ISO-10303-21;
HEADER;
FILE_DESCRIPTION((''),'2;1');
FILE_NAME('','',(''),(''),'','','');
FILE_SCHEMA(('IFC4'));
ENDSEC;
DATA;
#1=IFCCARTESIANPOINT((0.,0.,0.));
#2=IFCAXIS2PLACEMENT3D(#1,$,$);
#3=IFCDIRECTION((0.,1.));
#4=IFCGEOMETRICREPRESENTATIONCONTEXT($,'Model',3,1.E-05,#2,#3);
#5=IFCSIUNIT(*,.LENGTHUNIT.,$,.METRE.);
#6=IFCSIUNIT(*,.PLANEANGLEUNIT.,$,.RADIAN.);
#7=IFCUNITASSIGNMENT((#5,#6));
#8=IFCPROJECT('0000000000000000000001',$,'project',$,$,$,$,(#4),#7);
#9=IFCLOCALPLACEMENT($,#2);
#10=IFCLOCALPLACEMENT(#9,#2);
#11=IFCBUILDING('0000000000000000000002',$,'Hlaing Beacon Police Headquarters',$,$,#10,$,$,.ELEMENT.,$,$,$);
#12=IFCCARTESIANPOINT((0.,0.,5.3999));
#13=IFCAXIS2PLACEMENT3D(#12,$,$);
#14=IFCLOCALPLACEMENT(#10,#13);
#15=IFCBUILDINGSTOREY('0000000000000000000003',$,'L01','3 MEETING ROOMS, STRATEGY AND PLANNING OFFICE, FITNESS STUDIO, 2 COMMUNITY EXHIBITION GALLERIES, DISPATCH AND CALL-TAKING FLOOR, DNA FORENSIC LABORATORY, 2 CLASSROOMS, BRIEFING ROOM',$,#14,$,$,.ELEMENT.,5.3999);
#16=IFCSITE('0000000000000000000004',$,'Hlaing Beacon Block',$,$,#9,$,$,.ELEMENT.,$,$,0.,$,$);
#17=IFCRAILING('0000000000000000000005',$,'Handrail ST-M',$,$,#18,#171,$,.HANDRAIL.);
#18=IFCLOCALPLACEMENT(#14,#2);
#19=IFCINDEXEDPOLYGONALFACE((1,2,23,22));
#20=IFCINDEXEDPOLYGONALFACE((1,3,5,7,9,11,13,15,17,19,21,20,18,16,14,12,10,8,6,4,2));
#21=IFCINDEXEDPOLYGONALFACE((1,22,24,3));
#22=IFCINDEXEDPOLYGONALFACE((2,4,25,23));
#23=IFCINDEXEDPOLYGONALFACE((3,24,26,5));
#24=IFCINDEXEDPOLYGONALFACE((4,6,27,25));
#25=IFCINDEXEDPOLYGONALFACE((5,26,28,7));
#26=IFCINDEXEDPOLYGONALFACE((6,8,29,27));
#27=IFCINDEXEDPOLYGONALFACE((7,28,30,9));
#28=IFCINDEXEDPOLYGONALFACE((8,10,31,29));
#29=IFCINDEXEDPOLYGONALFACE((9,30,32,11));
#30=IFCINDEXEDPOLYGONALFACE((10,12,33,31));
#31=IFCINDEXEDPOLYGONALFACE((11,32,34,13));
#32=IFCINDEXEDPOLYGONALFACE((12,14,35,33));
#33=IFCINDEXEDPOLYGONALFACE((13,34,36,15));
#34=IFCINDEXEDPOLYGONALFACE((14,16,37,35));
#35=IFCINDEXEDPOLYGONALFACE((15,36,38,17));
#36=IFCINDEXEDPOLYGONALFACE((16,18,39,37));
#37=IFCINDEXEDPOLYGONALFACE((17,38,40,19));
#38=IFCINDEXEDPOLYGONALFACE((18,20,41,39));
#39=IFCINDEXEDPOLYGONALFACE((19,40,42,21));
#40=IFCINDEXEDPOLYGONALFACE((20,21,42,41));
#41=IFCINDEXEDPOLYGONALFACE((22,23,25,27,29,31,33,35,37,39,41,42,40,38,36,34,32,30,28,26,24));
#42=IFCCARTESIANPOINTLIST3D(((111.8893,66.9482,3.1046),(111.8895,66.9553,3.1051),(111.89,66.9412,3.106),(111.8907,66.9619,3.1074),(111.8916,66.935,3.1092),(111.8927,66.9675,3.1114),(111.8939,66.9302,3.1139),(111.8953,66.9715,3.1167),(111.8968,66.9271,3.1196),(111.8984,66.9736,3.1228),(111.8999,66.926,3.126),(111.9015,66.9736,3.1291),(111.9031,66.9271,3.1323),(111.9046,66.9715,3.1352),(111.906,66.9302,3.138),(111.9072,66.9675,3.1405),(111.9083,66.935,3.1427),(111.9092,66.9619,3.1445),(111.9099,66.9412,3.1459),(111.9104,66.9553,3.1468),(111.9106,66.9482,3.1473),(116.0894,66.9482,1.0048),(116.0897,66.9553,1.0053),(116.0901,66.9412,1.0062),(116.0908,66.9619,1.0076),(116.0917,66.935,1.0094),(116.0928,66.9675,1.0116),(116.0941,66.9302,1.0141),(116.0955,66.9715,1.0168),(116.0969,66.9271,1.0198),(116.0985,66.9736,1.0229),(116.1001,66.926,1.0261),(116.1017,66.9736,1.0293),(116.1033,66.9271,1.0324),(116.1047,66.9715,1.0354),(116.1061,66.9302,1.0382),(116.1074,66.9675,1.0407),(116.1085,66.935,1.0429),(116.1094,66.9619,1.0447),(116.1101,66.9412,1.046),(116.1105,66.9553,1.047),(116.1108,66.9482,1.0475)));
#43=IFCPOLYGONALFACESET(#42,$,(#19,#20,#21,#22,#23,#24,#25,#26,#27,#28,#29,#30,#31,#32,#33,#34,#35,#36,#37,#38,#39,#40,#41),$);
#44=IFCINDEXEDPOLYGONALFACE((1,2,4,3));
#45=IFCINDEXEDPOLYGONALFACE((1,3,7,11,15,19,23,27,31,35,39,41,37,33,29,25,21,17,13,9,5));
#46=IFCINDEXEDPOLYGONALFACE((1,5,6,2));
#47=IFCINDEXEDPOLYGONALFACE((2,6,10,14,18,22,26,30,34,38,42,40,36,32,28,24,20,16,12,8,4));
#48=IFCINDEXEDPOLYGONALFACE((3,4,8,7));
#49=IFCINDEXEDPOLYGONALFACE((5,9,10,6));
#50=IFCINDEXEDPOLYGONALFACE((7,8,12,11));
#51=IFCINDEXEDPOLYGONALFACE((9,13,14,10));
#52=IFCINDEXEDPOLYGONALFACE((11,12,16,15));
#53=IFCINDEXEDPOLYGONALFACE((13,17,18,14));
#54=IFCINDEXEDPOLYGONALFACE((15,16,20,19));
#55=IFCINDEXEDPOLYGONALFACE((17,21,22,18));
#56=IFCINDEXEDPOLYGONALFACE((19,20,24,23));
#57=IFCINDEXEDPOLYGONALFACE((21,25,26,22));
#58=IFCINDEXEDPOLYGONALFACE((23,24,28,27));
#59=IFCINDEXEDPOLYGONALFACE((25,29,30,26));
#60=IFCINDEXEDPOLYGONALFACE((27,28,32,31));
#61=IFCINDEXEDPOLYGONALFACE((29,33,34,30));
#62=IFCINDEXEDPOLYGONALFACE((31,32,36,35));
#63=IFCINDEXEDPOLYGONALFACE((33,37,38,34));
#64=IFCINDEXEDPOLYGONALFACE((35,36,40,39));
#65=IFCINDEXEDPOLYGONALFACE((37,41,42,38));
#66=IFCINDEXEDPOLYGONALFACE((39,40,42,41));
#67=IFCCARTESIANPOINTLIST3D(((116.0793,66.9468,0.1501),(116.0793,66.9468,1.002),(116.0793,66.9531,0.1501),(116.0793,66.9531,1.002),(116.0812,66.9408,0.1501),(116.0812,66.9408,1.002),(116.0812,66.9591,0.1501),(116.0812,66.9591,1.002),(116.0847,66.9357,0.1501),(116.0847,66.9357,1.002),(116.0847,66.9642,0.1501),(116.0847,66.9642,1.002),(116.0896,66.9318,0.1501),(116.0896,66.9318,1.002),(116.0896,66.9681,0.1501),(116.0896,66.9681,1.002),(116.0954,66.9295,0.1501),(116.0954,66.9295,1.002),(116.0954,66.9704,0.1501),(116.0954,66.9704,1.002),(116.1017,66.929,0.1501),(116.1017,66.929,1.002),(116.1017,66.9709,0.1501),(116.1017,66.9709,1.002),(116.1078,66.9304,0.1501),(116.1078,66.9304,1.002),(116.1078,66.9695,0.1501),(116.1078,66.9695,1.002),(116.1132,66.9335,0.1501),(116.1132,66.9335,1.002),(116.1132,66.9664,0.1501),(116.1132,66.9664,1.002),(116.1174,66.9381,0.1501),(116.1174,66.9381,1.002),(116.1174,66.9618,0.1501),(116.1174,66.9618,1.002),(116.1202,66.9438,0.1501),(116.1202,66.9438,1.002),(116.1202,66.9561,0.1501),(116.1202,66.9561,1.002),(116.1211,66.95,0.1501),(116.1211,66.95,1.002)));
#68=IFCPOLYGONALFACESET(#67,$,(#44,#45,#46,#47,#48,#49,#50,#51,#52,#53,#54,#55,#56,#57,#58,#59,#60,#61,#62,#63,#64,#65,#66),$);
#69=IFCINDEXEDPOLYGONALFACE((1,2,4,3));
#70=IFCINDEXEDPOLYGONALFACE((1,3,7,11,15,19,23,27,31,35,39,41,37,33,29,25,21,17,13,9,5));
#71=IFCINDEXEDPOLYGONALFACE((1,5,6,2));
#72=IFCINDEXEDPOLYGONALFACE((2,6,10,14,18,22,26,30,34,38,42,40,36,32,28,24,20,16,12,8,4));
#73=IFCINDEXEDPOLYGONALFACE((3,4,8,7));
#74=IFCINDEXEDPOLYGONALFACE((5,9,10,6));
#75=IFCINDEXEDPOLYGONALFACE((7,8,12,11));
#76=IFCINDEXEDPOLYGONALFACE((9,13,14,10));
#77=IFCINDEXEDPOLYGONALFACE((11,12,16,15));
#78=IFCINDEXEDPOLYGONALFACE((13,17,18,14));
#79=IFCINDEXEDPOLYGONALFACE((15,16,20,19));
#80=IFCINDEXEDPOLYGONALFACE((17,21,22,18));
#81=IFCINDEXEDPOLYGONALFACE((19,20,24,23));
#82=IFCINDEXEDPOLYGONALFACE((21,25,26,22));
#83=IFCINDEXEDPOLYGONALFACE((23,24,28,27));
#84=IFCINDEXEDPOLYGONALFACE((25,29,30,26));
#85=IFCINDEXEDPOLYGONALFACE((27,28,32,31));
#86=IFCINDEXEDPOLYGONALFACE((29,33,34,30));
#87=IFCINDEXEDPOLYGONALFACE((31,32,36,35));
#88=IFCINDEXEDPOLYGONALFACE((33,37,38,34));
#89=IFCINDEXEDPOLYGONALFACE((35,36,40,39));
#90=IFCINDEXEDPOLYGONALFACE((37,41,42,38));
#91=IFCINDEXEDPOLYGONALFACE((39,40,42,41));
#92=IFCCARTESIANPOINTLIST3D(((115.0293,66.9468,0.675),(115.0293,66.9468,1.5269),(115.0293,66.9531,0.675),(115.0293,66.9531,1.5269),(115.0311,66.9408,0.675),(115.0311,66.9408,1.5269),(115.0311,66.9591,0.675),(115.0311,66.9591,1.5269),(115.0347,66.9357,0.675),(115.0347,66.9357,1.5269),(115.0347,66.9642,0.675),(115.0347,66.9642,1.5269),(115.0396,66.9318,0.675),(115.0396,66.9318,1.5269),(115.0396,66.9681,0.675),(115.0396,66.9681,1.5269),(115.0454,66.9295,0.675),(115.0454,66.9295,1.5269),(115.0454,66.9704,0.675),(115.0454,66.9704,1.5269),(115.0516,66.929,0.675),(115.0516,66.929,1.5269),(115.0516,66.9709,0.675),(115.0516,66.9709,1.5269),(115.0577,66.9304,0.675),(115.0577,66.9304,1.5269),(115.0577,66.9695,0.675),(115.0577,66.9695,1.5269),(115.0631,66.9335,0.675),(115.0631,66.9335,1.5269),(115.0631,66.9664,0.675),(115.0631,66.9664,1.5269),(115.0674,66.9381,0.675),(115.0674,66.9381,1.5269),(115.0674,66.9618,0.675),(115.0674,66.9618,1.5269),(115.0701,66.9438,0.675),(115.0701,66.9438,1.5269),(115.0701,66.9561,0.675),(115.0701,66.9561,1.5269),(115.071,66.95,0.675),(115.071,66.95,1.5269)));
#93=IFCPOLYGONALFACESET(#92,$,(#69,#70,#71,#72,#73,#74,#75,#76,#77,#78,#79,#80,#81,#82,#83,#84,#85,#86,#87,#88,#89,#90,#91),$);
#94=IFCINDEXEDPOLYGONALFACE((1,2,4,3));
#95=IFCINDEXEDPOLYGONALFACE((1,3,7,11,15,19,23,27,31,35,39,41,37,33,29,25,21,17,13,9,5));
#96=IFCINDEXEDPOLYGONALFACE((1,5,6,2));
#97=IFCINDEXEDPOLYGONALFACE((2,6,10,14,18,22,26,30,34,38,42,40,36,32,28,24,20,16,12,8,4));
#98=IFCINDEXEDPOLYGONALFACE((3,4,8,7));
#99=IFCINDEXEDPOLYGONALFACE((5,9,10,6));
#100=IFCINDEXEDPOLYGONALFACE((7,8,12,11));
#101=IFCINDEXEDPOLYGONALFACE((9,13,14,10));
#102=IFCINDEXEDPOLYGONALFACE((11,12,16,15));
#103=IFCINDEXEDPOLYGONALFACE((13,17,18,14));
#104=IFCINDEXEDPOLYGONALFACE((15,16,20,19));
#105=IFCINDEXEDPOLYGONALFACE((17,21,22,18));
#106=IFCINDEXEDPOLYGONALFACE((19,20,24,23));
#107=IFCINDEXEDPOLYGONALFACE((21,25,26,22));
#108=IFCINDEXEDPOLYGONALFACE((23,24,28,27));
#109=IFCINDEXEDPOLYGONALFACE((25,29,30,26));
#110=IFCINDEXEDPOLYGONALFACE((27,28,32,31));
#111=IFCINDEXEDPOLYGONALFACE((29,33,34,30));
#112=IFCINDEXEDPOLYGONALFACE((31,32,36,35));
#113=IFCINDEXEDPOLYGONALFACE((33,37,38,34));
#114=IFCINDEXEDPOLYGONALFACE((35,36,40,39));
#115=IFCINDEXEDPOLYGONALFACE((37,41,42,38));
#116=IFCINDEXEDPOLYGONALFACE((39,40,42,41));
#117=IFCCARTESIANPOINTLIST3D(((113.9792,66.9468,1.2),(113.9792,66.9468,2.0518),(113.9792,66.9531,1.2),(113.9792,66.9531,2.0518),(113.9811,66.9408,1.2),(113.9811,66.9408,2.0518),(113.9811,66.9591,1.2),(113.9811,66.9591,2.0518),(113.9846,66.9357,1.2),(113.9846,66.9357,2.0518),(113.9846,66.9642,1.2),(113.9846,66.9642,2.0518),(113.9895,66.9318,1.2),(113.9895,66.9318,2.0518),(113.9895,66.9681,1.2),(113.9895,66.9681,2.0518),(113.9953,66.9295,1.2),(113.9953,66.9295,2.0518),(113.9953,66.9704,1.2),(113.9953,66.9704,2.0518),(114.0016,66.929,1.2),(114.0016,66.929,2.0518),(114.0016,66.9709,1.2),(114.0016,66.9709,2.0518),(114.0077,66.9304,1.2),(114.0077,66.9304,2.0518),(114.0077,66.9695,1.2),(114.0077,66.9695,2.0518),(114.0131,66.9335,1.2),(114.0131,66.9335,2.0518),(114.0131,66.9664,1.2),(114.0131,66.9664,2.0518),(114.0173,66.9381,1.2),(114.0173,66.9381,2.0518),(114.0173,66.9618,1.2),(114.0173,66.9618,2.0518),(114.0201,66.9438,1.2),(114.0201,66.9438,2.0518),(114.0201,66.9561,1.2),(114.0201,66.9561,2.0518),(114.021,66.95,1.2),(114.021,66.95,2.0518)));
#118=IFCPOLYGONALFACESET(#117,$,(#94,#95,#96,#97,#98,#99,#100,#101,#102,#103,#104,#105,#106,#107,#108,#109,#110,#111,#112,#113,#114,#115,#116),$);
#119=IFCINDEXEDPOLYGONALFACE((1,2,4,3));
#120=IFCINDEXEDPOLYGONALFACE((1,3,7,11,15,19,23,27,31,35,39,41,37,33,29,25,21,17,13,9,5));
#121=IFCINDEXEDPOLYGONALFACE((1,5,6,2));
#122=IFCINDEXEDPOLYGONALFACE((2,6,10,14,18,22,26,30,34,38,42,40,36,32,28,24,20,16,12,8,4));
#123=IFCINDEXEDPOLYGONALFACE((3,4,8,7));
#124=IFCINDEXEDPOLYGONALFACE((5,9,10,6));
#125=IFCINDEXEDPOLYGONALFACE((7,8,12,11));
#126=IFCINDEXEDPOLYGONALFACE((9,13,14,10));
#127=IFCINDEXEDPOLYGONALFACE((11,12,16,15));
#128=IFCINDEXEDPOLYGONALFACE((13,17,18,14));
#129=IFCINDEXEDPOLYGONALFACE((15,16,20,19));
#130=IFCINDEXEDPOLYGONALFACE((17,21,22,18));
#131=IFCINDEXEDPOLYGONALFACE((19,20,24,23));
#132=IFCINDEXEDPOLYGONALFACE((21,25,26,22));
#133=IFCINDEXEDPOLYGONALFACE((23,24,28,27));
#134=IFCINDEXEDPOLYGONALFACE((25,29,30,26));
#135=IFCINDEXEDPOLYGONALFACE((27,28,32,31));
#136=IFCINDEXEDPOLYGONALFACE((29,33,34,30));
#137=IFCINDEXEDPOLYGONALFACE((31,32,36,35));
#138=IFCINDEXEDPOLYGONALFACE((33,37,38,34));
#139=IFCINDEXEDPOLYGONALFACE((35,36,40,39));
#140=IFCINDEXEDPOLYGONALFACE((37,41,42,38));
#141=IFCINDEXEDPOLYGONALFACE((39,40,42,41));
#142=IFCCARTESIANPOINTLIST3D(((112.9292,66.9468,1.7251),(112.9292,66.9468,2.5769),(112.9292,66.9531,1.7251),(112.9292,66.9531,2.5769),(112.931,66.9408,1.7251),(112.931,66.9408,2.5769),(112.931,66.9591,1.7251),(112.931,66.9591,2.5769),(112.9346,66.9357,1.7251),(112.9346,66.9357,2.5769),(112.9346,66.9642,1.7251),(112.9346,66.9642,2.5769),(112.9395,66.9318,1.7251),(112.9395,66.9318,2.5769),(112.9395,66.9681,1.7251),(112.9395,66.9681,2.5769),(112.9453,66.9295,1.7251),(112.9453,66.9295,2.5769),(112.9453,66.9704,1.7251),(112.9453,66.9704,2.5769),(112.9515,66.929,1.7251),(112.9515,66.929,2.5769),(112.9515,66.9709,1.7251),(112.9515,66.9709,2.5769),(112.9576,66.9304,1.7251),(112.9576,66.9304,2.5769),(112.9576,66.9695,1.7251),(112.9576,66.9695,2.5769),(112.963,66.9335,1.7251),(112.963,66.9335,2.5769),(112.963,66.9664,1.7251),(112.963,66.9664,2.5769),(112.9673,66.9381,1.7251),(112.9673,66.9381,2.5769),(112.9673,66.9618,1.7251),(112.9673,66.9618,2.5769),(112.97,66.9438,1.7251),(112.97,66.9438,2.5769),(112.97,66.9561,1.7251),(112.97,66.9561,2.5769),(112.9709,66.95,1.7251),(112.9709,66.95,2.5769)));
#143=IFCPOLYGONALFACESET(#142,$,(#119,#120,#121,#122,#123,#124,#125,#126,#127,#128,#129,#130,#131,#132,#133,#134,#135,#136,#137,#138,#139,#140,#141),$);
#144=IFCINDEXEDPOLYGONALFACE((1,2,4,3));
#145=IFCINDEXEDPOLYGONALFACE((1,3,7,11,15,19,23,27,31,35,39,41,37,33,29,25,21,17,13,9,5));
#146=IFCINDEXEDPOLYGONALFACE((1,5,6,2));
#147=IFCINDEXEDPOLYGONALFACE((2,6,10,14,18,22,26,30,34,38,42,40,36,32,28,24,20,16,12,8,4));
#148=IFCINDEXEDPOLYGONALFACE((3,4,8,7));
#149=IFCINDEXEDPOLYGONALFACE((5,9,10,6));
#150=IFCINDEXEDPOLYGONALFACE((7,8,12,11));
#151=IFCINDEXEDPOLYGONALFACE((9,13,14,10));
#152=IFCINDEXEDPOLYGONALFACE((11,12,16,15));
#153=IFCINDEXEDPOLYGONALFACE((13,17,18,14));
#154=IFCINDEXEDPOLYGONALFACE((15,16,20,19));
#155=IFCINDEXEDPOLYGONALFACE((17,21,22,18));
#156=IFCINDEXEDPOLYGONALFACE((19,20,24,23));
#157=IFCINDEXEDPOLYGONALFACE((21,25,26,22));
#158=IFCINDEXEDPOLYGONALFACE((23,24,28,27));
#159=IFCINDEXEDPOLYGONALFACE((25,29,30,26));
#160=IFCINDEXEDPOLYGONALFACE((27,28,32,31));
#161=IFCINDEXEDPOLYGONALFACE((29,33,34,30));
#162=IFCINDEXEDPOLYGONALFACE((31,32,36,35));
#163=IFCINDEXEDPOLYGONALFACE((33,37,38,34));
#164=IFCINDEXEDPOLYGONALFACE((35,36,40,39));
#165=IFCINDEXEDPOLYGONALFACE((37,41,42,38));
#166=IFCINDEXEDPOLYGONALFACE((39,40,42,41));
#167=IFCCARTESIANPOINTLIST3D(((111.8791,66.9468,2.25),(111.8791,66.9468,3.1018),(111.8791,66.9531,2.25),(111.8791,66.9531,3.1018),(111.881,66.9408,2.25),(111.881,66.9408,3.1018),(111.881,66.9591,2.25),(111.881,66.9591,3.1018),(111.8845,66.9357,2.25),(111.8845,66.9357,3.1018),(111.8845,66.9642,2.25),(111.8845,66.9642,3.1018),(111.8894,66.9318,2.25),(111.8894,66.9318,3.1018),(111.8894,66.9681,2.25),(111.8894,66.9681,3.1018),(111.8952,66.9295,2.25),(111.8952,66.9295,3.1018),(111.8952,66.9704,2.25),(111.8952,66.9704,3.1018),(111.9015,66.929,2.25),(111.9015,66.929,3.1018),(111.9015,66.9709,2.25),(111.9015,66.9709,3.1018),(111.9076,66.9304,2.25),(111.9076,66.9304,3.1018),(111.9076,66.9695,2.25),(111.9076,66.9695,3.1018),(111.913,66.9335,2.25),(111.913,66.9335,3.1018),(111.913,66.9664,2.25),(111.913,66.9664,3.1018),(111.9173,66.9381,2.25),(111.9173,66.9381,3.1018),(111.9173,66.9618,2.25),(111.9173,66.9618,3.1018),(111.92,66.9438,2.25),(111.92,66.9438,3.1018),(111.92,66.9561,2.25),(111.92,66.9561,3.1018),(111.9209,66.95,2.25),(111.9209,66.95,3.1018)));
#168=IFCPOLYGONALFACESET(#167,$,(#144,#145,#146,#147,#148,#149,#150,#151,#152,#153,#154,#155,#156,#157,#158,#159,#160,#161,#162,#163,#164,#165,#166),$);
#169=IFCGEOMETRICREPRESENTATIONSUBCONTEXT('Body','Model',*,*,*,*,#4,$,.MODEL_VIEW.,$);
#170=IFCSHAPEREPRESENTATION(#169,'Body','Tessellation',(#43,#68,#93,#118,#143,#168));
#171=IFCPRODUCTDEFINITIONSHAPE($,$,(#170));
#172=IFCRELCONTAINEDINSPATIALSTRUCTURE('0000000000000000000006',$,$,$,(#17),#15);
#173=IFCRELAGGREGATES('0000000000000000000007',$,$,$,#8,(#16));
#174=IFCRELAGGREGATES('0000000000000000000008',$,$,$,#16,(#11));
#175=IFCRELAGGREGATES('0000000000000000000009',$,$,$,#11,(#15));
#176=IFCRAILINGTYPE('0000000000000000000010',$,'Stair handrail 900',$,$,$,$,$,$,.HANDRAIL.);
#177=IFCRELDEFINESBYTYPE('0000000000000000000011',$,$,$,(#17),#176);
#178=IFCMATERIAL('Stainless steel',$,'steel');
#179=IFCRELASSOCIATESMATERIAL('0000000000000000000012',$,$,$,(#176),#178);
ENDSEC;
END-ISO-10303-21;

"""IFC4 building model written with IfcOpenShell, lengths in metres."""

from ifc_helpers import new_model, si_unit, direction, frame, origin, origin_2d, place, context, subcontext, project, spatial, circle, extrude, material, type_object, element, save


model = new_model("IFC4")

# Units and contexts
model_context = context("Model", 3, precision=1e-05, world=origin(), true_north=direction((0.0, 1.0)))
body_context = subcontext(model_context, "Body", "Model", "MODEL_VIEW")
ifc_project = project(units=[si_unit("LENGTHUNIT", "METRE"), si_unit("PLANEANGLEUNIT", "RADIAN")], contexts=[model_context])

# Site, building, storey
site_placement = place(None, origin())
site = spatial("IfcSite", under=ifc_project, at=site_placement, Name="Hlaing Beacon Block", CompositionType="ELEMENT", RefElevation=0.0)
building_placement = place(site_placement, origin())
building = spatial("IfcBuilding", under=site, at=building_placement, Name="Hlaing Beacon Police Headquarters", CompositionType="ELEMENT")
storey_placement = place(building_placement, frame((0.0, 0.0, 5.3999)))
storey = spatial("IfcBuildingStorey", under=building, at=storey_placement, Name="L01", Description="3 MEETING ROOMS, STRATEGY AND PLANNING OFFICE, FITNESS STUDIO, 2 COMMUNITY EXHIBITION GALLERIES, DISPATCH AND CALL-TAKING FLOOR, DNA FORENSIC LABORATORY, 2 CLASSROOMS, BRIEFING ROOM", CompositionType="ELEMENT", Elevation=5.3999)

# Railing
ifc_material_1 = material(Name="Stainless steel", Category="steel")
railing_type = type_object("IfcRailingType", Name="Stair handrail 900", PredefinedType="HANDRAIL", material=ifc_material_1)
for number, where, name in (
    (1, (116.1001, 66.95, 0.1501), "Handrail ST-M"),
):
    element("IfcRailing", number, at=place(storey_placement, frame(where)), inside=storey, type_object=railing_type, Name=name, PredefinedType="HANDRAIL", context=body_context, shape_type="SweptSolid", body=[
        extrude(circle(Radius=0.0239, at=origin_2d()), frame((0.0, 0.0, 0.876), z_axis=(-0.894448, 0.0, 0.447172), x_axis=(0.0, -1.0, 0.0)), (0.0, 0.0, 1.0), 4.6958),
        extrude(circle(Radius=0.021, at=origin_2d()), origin(), (0.0, 0.0, 1.0), 0.8518),
        extrude(circle(Radius=0.021, at=origin_2d()), frame((-1.05, 0.0, 0.5249)), (0.0, 0.0, 1.0), 0.8518),
        extrude(circle(Radius=0.021, at=origin_2d()), frame((-2.1001, 0.0, 1.0498)), (0.0, 0.0, 1.0), 0.8518),
        extrude(circle(Radius=0.021, at=origin_2d()), frame((-3.1501, 0.0, 1.575)), (0.0, 0.0, 1.0), 0.8518),
        extrude(circle(Radius=0.021, at=origin_2d()), frame((-4.2002, 0.0, 2.0999)), (0.0, 0.0, 1.0), 0.8518),
    ])

save(model, "model.ifc")
